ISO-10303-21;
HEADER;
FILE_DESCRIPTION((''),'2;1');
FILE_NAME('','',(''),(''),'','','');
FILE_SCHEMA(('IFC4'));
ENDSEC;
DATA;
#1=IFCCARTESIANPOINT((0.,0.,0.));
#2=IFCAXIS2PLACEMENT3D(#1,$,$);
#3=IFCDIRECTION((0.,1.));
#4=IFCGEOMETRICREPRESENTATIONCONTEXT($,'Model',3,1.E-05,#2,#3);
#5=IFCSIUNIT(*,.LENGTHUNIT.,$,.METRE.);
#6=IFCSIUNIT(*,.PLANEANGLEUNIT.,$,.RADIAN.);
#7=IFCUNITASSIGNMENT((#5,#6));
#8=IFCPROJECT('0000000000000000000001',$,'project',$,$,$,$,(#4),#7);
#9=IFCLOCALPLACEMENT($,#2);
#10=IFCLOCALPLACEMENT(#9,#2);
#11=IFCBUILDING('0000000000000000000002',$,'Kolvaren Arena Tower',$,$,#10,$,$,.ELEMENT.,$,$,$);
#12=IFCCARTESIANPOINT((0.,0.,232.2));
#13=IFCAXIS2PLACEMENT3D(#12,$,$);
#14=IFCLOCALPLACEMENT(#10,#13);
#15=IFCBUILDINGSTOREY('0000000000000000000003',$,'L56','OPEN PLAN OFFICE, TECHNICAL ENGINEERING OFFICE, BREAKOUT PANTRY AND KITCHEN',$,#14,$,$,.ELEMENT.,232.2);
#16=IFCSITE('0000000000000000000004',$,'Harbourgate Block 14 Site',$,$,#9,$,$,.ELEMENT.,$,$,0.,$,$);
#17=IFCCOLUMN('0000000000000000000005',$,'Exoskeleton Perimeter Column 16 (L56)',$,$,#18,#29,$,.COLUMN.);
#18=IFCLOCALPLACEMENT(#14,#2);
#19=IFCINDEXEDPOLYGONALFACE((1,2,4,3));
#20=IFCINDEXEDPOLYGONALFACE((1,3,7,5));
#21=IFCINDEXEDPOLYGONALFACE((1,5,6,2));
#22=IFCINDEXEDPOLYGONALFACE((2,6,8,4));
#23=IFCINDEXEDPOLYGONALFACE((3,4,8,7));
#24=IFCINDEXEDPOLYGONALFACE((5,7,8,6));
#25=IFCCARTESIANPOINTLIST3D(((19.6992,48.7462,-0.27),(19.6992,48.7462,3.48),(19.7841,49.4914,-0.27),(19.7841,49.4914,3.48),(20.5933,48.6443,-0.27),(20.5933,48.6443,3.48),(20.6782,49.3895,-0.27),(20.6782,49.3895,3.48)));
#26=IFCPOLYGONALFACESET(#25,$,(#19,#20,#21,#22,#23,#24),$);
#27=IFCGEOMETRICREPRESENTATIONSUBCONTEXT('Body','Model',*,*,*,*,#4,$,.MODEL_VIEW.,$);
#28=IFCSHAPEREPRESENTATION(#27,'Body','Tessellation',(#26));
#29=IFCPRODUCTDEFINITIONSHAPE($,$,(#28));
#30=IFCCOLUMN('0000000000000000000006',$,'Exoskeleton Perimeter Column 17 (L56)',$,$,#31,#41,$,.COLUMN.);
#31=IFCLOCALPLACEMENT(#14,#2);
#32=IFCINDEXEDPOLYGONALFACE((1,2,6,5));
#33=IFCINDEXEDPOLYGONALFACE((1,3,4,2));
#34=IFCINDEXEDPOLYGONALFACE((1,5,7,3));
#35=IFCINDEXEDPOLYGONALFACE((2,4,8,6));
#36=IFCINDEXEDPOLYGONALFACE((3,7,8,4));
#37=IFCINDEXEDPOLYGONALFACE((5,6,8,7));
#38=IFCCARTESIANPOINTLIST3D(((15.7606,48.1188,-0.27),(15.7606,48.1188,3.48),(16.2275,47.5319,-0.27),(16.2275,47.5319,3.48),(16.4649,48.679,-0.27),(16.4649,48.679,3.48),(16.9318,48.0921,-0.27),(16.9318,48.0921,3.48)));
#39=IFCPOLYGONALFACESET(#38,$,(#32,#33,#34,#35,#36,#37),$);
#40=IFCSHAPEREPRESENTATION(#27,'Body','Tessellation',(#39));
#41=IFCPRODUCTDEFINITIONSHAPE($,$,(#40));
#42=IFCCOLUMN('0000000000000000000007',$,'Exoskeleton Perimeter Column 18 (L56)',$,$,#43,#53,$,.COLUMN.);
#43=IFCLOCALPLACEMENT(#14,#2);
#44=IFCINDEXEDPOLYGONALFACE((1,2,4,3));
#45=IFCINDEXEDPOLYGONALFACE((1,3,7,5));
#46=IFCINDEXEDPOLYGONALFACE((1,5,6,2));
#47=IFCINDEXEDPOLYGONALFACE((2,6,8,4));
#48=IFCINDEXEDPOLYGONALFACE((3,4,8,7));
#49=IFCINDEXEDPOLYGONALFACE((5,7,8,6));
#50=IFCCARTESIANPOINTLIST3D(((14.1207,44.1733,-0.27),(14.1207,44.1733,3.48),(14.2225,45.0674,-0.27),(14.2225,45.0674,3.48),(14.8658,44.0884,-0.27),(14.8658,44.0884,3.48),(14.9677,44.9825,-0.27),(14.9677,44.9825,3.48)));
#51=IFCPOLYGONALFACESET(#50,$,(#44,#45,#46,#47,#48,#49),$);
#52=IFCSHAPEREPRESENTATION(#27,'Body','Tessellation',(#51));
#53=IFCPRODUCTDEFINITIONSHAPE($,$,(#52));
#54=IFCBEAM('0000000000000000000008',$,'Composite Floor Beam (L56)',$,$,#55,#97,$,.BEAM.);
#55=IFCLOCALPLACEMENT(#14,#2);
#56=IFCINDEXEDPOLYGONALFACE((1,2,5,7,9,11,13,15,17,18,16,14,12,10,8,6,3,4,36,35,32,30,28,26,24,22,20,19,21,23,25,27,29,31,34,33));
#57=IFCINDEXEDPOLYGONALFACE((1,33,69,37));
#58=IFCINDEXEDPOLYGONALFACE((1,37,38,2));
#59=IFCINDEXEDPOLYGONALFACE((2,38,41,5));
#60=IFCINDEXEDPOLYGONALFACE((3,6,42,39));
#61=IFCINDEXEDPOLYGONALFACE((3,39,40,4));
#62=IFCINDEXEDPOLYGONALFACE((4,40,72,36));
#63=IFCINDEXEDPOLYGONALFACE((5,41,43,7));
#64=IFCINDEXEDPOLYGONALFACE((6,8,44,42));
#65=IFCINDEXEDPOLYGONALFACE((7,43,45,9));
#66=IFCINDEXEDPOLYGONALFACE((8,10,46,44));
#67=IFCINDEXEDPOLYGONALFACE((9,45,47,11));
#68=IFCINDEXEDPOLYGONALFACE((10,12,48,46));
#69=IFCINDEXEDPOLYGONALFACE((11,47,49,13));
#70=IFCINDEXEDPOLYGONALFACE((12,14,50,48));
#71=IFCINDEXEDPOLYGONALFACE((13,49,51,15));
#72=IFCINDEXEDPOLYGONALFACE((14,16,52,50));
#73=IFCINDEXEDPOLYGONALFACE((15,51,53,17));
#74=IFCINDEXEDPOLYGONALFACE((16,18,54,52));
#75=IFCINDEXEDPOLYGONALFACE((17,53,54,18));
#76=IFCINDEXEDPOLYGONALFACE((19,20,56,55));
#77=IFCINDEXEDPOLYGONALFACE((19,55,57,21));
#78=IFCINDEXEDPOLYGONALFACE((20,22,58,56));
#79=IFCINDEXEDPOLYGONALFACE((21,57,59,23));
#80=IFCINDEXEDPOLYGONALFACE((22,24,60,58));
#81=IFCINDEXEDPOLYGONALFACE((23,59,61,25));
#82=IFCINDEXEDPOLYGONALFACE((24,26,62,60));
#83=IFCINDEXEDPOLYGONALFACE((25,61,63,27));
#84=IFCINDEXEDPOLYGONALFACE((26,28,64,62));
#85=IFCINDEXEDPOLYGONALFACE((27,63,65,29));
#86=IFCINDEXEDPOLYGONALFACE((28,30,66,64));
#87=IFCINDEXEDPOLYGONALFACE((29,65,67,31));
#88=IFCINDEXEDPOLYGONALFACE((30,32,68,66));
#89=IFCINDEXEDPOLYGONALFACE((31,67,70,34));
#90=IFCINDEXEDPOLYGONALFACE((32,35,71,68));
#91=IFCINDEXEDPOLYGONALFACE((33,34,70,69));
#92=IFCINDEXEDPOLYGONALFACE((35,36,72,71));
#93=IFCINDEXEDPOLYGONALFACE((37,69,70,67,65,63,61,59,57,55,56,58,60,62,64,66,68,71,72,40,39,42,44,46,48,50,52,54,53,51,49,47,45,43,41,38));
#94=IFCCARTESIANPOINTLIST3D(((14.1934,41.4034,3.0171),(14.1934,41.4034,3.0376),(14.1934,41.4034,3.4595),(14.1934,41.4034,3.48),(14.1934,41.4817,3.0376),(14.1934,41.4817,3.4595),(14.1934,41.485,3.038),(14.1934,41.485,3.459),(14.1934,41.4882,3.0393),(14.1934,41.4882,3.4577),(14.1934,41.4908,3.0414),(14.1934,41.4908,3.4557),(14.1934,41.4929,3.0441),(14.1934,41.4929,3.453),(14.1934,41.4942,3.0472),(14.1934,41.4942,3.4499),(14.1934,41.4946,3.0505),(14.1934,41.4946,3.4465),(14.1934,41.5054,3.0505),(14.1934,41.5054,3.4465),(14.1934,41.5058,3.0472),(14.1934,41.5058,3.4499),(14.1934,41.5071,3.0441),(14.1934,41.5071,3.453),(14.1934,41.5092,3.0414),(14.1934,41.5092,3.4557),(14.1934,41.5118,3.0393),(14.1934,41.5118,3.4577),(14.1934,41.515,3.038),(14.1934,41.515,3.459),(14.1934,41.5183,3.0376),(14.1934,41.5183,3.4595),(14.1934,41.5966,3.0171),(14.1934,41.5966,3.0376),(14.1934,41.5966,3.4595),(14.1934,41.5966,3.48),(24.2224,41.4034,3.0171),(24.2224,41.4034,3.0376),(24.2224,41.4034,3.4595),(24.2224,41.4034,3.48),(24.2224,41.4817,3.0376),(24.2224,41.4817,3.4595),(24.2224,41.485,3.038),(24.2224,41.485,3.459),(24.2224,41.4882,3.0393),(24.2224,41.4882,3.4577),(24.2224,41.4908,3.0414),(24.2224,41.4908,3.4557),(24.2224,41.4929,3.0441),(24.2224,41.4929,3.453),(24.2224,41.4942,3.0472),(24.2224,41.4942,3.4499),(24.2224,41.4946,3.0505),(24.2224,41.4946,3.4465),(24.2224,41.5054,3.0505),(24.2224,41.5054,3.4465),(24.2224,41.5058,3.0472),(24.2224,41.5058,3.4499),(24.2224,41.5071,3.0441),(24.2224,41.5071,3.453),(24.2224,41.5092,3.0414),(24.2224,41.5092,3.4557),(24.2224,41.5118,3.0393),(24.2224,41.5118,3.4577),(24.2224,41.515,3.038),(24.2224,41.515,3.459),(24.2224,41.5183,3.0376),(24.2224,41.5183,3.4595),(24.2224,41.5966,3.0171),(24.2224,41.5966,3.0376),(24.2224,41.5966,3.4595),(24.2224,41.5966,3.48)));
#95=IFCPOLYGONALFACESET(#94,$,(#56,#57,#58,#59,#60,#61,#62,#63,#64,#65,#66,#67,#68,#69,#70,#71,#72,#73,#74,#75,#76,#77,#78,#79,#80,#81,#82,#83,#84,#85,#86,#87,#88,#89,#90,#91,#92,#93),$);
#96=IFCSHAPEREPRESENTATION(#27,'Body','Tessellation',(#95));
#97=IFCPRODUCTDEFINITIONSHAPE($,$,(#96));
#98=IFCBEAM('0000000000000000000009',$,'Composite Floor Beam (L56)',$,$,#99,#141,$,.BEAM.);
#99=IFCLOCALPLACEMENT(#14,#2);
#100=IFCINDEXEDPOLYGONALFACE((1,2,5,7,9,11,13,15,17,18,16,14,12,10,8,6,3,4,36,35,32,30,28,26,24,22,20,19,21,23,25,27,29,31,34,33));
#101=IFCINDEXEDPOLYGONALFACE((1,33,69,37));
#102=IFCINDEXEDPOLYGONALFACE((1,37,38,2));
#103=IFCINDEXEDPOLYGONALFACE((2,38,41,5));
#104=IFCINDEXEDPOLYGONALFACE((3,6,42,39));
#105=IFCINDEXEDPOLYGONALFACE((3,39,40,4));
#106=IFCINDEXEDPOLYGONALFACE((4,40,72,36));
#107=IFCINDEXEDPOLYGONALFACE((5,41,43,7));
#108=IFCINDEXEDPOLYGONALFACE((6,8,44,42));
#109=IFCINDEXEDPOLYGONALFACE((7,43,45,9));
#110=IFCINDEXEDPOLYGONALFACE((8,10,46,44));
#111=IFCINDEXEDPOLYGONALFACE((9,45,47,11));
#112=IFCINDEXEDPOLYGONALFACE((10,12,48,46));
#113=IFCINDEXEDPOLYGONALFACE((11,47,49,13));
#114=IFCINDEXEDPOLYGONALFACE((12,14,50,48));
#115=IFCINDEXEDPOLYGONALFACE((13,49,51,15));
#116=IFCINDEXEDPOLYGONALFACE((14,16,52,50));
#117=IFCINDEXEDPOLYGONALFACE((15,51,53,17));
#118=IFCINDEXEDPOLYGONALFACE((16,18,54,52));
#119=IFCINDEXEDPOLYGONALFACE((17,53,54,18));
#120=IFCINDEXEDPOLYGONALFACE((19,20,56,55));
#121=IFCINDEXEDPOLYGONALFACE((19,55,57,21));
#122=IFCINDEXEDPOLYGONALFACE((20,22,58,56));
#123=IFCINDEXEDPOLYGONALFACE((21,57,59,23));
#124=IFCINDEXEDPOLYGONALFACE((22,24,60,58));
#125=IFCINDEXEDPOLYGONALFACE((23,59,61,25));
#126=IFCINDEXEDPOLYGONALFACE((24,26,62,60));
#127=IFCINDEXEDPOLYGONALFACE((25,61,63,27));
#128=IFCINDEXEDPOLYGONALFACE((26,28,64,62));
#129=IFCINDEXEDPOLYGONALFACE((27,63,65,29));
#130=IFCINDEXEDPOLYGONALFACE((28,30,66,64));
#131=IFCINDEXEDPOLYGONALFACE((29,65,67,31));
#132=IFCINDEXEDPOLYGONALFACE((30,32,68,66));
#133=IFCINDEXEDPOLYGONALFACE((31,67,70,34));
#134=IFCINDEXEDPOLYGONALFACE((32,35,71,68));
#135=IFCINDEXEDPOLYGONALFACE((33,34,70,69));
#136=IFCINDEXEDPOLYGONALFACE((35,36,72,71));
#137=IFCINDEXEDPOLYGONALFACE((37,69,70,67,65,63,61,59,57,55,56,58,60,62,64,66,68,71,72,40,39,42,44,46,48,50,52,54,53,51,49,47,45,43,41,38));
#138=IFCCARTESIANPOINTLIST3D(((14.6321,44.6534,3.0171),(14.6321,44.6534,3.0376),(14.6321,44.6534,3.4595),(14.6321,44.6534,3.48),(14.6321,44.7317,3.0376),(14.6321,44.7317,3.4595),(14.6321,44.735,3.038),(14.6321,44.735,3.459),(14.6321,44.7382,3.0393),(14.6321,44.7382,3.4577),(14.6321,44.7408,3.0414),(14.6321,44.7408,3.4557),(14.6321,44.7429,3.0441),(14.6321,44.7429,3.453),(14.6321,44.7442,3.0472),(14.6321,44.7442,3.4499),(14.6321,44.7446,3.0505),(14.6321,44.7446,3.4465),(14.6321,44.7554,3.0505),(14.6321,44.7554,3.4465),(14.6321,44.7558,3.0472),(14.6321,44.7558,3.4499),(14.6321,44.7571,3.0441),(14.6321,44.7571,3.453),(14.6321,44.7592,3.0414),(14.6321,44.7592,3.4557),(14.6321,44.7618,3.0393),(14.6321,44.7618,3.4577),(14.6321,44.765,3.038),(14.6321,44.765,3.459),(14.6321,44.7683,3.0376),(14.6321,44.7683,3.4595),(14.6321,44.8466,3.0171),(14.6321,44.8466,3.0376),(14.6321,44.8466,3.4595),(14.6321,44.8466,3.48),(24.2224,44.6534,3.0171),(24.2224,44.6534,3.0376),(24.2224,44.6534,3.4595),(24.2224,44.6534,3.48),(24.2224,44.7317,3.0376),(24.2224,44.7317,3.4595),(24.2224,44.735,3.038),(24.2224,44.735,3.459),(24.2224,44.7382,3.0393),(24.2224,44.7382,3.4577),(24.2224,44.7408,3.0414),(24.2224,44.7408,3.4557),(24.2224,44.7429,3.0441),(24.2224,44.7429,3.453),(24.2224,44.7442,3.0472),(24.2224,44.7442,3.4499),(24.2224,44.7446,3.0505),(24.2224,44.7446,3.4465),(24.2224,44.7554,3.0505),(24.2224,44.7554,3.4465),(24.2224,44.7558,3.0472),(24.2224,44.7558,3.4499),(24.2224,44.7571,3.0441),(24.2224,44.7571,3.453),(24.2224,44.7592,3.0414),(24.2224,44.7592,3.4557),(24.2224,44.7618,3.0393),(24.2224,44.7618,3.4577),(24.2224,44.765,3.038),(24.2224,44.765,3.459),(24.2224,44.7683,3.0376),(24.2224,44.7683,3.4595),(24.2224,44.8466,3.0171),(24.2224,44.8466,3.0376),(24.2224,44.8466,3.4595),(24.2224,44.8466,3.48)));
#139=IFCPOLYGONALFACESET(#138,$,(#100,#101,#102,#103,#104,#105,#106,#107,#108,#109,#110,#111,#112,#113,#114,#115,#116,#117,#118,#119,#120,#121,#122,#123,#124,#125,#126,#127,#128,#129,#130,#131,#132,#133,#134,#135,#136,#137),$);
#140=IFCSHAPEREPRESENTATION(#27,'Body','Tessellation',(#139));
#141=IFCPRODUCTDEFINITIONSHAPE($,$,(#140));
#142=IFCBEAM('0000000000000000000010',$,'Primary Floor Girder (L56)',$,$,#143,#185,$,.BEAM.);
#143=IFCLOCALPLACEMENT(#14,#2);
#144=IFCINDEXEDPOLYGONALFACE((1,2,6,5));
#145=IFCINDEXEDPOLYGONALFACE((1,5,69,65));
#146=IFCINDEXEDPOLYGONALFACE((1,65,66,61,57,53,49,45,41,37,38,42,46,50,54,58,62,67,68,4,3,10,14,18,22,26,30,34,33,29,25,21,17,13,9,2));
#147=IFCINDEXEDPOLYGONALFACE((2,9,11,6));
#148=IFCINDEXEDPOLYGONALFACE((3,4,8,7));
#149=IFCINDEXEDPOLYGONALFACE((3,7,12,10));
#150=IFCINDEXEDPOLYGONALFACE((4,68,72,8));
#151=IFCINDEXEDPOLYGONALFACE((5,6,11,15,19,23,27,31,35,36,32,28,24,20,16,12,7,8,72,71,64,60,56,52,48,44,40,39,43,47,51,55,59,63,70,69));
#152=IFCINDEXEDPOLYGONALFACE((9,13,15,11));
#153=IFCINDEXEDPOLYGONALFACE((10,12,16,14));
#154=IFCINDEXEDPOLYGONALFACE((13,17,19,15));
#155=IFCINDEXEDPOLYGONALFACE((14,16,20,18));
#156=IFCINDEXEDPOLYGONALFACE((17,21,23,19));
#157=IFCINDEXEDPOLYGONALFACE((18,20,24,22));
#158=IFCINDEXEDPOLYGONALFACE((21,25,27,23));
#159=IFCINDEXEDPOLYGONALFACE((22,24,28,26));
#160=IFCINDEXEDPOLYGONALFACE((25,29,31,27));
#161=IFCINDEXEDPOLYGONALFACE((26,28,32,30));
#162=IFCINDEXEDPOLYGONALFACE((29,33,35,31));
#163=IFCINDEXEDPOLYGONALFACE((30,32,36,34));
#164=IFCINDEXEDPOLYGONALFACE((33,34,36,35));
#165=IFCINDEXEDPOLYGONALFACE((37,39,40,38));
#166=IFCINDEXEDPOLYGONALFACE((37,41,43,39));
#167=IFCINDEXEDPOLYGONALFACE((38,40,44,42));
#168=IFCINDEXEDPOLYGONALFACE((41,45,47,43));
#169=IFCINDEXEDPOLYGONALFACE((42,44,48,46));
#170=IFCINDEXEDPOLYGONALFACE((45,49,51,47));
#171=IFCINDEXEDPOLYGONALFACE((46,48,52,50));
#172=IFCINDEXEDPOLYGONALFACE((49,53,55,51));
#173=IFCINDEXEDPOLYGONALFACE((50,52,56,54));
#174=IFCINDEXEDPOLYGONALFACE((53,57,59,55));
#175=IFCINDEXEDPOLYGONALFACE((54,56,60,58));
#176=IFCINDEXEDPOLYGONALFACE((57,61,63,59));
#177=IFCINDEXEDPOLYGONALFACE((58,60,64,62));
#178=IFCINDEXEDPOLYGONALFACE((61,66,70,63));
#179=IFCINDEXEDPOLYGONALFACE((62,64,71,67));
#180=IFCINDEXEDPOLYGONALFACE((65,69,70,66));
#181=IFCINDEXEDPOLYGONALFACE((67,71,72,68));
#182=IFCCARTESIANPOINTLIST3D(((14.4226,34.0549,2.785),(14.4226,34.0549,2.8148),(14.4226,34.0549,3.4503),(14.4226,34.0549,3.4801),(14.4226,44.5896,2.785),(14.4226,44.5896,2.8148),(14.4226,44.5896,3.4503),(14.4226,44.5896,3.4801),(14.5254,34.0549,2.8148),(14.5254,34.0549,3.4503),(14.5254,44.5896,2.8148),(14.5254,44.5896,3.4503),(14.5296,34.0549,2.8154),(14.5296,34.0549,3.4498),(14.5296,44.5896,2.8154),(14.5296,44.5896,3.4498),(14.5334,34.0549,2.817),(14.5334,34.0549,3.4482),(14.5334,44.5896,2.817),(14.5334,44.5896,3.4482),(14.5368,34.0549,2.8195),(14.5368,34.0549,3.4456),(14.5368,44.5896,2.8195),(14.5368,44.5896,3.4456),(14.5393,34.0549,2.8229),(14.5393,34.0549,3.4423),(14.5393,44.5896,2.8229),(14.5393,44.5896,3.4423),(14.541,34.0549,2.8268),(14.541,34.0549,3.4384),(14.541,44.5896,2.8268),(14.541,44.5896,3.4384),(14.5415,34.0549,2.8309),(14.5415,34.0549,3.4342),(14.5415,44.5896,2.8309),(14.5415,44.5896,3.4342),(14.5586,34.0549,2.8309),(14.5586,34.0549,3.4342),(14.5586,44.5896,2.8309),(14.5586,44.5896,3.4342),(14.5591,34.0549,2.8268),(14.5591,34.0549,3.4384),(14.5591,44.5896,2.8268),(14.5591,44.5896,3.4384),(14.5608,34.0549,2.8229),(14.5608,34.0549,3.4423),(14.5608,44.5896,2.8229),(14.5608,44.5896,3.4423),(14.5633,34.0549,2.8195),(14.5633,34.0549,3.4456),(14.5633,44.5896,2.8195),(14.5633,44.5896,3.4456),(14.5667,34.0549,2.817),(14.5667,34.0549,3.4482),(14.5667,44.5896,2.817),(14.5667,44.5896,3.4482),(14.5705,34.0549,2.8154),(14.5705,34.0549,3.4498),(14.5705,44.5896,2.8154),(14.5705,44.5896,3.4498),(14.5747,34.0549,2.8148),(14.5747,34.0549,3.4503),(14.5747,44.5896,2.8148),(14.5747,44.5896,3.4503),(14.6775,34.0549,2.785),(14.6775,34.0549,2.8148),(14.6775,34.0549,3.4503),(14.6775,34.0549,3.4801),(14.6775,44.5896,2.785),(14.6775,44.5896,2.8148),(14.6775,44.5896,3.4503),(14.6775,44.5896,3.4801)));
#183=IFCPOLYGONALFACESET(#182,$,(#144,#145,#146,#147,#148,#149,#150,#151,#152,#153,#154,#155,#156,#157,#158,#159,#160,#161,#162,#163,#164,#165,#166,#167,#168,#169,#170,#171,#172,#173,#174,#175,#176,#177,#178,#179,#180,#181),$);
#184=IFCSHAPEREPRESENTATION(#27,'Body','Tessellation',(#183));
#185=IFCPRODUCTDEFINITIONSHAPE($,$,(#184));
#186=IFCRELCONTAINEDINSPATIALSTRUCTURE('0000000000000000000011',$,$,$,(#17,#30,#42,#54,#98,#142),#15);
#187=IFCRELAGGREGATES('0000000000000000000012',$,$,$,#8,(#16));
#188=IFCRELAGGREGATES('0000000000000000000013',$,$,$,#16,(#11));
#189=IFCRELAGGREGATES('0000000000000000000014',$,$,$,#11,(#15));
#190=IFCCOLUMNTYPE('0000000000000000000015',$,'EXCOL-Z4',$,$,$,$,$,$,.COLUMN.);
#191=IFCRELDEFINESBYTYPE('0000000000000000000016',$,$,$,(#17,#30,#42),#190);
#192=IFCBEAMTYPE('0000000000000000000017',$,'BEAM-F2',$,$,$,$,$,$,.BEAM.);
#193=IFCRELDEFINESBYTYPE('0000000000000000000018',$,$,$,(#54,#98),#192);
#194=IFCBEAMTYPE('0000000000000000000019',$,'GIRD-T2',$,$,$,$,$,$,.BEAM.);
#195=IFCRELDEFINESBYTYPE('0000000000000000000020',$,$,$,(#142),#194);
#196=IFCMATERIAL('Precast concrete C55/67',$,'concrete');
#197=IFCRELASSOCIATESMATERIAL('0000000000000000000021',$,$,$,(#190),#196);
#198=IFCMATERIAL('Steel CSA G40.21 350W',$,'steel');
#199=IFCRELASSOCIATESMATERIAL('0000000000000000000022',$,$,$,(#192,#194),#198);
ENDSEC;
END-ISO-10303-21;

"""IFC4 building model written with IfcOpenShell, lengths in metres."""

from ifc_helpers import new_model, si_unit, direction, frame, origin, origin_2d, place, context, subcontext, project, spatial, rectangle, i_section, extrude, material, material_profile, profile_set, type_object, element, save


model = new_model("IFC4")

# Units and contexts
model_context = context("Model", 3, precision=1e-05, world=origin(), true_north=direction((0.0, 1.0)))
body_context = subcontext(model_context, "Body", "Model", "MODEL_VIEW")
ifc_project = project(units=[si_unit("LENGTHUNIT", "METRE"), si_unit("PLANEANGLEUNIT", "RADIAN")], contexts=[model_context])

# Site, building, storey
site_placement = place(None, origin())
site = spatial("IfcSite", under=ifc_project, at=site_placement, Name="Harbourgate Block 14 Site", CompositionType="ELEMENT", RefElevation=0.0)
building_placement = place(site_placement, origin())
building = spatial("IfcBuilding", under=site, at=building_placement, Name="Kolvaren Arena Tower", CompositionType="ELEMENT")
storey_placement = place(building_placement, frame((0.0, 0.0, 232.2)))
storey = spatial("IfcBuildingStorey", under=building, at=storey_placement, Name="L56", Description="OPEN PLAN OFFICE, TECHNICAL ENGINEERING OFFICE, BREAKOUT PANTRY AND KITCHEN", CompositionType="ELEMENT", Elevation=232.2)

# Columns
ifc_material_1 = material(Name="Precast concrete C55/67", Category="concrete")
ifc_material_profile_1 = material_profile(ifc_material_1, rectangle(XDim=0.8999, YDim=0.75, at=origin_2d()), Name="RC-900x750")
ifc_profile_set_1 = profile_set([ifc_material_profile_1], Name="Precast concrete C55/67")
column_type = type_object("IfcColumnType", Name="EXCOL-Z4", PredefinedType="COLUMN", material=ifc_profile_set_1)
for number, where, z_axis, x_axis, name in (
    (1, (20.1887, 49.0679, -0.27), (0.0, 0.0, 1.0), (0.993572, -0.113203, 0.0), "Exoskeleton Perimeter Column 16 (L56)"),
    (2, (16.3462, 48.1055, -0.27), (0.0, 0.0, 1.0), (0.782608, 0.622515, 0.0), "Exoskeleton Perimeter Column 17 (L56)"),
    (3, (14.5442, 44.5779, -0.27), (0.0, 0.0, 1.0), (0.113203, 0.993572, 0.0), "Exoskeleton Perimeter Column 18 (L56)"),
):
    element("IfcColumn", number, at=place(storey_placement, frame(where, z_axis=z_axis, x_axis=x_axis)), inside=storey, type_object=column_type, Name=name, PredefinedType="COLUMN", context=body_context, shape_type="SweptSolid", body=[
        extrude(rectangle(XDim=0.8999, YDim=0.75, at=origin_2d()), origin(), (0.0, 0.0, 1.0), 3.75),
    ])

# Beams
ifc_material_2 = material(Name="Steel CSA G40.21 350W", Category="steel")
ifc_material_profile_2 = material_profile(ifc_material_2, i_section(OverallWidth=0.1931, OverallDepth=0.4629, WebThickness=0.0107, FlangeThickness=0.0205, FilletRadius=0.0129, at=origin_2d()), Name="W460x113")
ifc_profile_set_2 = profile_set([ifc_material_profile_2], Name="Steel CSA G40.21 350W")
beam_type_1 = type_object("IfcBeamType", Name="BEAM-F2", PredefinedType="BEAM", material=ifc_profile_set_2)
beam_1_placement = place(storey_placement, frame((14.1934, 41.5, 3.2485), z_axis=(1.0, 0.0, 0.0), x_axis=(0.0, 1.0, 0.0)))
element("IfcBeam", 4, at=beam_1_placement, inside=storey, type_object=beam_type_1, Name="Composite Floor Beam (L56)", PredefinedType="BEAM", context=body_context, shape_type="SweptSolid", body=[
    extrude(i_section(OverallWidth=0.1931, OverallDepth=0.4629, WebThickness=0.0107, FlangeThickness=0.0205, FilletRadius=0.0129, at=origin_2d()), origin(), (0.0, 0.0, 1.0), 10.0291),
])
beam_2_placement = place(storey_placement, frame((14.6321, 44.75, 3.2485), z_axis=(1.0, 0.0, 0.0), x_axis=(0.0, 1.0, 0.0)))
element("IfcBeam", 5, at=beam_2_placement, inside=storey, type_object=beam_type_1, Name="Composite Floor Beam (L56)", PredefinedType="BEAM", context=body_context, shape_type="SweptSolid", body=[
    extrude(i_section(OverallWidth=0.1931, OverallDepth=0.4629, WebThickness=0.0107, FlangeThickness=0.0205, FilletRadius=0.0129, at=origin_2d()), origin(), (0.0, 0.0, 1.0), 9.5903),
])
ifc_material_profile_3 = material_profile(ifc_material_2, i_section(OverallWidth=0.2549, OverallDepth=0.6951, WebThickness=0.0171, FlangeThickness=0.0298, FilletRadius=0.0161, at=origin_2d()), Name="W690x217")
ifc_profile_set_3 = profile_set([ifc_material_profile_3], Name="Steel CSA G40.21 350W")
beam_type_2 = type_object("IfcBeamType", Name="GIRD-T2", PredefinedType="BEAM", material=ifc_profile_set_3)
beam_3_placement = place(storey_placement, frame((14.55, 34.0549, 3.1326), z_axis=(0.0, 1.0, 0.0), x_axis=(-1.0, 0.0, 0.0)))
element("IfcBeam", 6, at=beam_3_placement, inside=storey, type_object=beam_type_2, Name="Primary Floor Girder (L56)", PredefinedType="BEAM", context=body_context, shape_type="SweptSolid", body=[
    extrude(i_section(OverallWidth=0.2549, OverallDepth=0.6951, WebThickness=0.0171, FlangeThickness=0.0298, FilletRadius=0.0161, at=origin_2d()), origin(), (0.0, 0.0, 1.0), 10.5347),
])

save(model, "model.ifc")
